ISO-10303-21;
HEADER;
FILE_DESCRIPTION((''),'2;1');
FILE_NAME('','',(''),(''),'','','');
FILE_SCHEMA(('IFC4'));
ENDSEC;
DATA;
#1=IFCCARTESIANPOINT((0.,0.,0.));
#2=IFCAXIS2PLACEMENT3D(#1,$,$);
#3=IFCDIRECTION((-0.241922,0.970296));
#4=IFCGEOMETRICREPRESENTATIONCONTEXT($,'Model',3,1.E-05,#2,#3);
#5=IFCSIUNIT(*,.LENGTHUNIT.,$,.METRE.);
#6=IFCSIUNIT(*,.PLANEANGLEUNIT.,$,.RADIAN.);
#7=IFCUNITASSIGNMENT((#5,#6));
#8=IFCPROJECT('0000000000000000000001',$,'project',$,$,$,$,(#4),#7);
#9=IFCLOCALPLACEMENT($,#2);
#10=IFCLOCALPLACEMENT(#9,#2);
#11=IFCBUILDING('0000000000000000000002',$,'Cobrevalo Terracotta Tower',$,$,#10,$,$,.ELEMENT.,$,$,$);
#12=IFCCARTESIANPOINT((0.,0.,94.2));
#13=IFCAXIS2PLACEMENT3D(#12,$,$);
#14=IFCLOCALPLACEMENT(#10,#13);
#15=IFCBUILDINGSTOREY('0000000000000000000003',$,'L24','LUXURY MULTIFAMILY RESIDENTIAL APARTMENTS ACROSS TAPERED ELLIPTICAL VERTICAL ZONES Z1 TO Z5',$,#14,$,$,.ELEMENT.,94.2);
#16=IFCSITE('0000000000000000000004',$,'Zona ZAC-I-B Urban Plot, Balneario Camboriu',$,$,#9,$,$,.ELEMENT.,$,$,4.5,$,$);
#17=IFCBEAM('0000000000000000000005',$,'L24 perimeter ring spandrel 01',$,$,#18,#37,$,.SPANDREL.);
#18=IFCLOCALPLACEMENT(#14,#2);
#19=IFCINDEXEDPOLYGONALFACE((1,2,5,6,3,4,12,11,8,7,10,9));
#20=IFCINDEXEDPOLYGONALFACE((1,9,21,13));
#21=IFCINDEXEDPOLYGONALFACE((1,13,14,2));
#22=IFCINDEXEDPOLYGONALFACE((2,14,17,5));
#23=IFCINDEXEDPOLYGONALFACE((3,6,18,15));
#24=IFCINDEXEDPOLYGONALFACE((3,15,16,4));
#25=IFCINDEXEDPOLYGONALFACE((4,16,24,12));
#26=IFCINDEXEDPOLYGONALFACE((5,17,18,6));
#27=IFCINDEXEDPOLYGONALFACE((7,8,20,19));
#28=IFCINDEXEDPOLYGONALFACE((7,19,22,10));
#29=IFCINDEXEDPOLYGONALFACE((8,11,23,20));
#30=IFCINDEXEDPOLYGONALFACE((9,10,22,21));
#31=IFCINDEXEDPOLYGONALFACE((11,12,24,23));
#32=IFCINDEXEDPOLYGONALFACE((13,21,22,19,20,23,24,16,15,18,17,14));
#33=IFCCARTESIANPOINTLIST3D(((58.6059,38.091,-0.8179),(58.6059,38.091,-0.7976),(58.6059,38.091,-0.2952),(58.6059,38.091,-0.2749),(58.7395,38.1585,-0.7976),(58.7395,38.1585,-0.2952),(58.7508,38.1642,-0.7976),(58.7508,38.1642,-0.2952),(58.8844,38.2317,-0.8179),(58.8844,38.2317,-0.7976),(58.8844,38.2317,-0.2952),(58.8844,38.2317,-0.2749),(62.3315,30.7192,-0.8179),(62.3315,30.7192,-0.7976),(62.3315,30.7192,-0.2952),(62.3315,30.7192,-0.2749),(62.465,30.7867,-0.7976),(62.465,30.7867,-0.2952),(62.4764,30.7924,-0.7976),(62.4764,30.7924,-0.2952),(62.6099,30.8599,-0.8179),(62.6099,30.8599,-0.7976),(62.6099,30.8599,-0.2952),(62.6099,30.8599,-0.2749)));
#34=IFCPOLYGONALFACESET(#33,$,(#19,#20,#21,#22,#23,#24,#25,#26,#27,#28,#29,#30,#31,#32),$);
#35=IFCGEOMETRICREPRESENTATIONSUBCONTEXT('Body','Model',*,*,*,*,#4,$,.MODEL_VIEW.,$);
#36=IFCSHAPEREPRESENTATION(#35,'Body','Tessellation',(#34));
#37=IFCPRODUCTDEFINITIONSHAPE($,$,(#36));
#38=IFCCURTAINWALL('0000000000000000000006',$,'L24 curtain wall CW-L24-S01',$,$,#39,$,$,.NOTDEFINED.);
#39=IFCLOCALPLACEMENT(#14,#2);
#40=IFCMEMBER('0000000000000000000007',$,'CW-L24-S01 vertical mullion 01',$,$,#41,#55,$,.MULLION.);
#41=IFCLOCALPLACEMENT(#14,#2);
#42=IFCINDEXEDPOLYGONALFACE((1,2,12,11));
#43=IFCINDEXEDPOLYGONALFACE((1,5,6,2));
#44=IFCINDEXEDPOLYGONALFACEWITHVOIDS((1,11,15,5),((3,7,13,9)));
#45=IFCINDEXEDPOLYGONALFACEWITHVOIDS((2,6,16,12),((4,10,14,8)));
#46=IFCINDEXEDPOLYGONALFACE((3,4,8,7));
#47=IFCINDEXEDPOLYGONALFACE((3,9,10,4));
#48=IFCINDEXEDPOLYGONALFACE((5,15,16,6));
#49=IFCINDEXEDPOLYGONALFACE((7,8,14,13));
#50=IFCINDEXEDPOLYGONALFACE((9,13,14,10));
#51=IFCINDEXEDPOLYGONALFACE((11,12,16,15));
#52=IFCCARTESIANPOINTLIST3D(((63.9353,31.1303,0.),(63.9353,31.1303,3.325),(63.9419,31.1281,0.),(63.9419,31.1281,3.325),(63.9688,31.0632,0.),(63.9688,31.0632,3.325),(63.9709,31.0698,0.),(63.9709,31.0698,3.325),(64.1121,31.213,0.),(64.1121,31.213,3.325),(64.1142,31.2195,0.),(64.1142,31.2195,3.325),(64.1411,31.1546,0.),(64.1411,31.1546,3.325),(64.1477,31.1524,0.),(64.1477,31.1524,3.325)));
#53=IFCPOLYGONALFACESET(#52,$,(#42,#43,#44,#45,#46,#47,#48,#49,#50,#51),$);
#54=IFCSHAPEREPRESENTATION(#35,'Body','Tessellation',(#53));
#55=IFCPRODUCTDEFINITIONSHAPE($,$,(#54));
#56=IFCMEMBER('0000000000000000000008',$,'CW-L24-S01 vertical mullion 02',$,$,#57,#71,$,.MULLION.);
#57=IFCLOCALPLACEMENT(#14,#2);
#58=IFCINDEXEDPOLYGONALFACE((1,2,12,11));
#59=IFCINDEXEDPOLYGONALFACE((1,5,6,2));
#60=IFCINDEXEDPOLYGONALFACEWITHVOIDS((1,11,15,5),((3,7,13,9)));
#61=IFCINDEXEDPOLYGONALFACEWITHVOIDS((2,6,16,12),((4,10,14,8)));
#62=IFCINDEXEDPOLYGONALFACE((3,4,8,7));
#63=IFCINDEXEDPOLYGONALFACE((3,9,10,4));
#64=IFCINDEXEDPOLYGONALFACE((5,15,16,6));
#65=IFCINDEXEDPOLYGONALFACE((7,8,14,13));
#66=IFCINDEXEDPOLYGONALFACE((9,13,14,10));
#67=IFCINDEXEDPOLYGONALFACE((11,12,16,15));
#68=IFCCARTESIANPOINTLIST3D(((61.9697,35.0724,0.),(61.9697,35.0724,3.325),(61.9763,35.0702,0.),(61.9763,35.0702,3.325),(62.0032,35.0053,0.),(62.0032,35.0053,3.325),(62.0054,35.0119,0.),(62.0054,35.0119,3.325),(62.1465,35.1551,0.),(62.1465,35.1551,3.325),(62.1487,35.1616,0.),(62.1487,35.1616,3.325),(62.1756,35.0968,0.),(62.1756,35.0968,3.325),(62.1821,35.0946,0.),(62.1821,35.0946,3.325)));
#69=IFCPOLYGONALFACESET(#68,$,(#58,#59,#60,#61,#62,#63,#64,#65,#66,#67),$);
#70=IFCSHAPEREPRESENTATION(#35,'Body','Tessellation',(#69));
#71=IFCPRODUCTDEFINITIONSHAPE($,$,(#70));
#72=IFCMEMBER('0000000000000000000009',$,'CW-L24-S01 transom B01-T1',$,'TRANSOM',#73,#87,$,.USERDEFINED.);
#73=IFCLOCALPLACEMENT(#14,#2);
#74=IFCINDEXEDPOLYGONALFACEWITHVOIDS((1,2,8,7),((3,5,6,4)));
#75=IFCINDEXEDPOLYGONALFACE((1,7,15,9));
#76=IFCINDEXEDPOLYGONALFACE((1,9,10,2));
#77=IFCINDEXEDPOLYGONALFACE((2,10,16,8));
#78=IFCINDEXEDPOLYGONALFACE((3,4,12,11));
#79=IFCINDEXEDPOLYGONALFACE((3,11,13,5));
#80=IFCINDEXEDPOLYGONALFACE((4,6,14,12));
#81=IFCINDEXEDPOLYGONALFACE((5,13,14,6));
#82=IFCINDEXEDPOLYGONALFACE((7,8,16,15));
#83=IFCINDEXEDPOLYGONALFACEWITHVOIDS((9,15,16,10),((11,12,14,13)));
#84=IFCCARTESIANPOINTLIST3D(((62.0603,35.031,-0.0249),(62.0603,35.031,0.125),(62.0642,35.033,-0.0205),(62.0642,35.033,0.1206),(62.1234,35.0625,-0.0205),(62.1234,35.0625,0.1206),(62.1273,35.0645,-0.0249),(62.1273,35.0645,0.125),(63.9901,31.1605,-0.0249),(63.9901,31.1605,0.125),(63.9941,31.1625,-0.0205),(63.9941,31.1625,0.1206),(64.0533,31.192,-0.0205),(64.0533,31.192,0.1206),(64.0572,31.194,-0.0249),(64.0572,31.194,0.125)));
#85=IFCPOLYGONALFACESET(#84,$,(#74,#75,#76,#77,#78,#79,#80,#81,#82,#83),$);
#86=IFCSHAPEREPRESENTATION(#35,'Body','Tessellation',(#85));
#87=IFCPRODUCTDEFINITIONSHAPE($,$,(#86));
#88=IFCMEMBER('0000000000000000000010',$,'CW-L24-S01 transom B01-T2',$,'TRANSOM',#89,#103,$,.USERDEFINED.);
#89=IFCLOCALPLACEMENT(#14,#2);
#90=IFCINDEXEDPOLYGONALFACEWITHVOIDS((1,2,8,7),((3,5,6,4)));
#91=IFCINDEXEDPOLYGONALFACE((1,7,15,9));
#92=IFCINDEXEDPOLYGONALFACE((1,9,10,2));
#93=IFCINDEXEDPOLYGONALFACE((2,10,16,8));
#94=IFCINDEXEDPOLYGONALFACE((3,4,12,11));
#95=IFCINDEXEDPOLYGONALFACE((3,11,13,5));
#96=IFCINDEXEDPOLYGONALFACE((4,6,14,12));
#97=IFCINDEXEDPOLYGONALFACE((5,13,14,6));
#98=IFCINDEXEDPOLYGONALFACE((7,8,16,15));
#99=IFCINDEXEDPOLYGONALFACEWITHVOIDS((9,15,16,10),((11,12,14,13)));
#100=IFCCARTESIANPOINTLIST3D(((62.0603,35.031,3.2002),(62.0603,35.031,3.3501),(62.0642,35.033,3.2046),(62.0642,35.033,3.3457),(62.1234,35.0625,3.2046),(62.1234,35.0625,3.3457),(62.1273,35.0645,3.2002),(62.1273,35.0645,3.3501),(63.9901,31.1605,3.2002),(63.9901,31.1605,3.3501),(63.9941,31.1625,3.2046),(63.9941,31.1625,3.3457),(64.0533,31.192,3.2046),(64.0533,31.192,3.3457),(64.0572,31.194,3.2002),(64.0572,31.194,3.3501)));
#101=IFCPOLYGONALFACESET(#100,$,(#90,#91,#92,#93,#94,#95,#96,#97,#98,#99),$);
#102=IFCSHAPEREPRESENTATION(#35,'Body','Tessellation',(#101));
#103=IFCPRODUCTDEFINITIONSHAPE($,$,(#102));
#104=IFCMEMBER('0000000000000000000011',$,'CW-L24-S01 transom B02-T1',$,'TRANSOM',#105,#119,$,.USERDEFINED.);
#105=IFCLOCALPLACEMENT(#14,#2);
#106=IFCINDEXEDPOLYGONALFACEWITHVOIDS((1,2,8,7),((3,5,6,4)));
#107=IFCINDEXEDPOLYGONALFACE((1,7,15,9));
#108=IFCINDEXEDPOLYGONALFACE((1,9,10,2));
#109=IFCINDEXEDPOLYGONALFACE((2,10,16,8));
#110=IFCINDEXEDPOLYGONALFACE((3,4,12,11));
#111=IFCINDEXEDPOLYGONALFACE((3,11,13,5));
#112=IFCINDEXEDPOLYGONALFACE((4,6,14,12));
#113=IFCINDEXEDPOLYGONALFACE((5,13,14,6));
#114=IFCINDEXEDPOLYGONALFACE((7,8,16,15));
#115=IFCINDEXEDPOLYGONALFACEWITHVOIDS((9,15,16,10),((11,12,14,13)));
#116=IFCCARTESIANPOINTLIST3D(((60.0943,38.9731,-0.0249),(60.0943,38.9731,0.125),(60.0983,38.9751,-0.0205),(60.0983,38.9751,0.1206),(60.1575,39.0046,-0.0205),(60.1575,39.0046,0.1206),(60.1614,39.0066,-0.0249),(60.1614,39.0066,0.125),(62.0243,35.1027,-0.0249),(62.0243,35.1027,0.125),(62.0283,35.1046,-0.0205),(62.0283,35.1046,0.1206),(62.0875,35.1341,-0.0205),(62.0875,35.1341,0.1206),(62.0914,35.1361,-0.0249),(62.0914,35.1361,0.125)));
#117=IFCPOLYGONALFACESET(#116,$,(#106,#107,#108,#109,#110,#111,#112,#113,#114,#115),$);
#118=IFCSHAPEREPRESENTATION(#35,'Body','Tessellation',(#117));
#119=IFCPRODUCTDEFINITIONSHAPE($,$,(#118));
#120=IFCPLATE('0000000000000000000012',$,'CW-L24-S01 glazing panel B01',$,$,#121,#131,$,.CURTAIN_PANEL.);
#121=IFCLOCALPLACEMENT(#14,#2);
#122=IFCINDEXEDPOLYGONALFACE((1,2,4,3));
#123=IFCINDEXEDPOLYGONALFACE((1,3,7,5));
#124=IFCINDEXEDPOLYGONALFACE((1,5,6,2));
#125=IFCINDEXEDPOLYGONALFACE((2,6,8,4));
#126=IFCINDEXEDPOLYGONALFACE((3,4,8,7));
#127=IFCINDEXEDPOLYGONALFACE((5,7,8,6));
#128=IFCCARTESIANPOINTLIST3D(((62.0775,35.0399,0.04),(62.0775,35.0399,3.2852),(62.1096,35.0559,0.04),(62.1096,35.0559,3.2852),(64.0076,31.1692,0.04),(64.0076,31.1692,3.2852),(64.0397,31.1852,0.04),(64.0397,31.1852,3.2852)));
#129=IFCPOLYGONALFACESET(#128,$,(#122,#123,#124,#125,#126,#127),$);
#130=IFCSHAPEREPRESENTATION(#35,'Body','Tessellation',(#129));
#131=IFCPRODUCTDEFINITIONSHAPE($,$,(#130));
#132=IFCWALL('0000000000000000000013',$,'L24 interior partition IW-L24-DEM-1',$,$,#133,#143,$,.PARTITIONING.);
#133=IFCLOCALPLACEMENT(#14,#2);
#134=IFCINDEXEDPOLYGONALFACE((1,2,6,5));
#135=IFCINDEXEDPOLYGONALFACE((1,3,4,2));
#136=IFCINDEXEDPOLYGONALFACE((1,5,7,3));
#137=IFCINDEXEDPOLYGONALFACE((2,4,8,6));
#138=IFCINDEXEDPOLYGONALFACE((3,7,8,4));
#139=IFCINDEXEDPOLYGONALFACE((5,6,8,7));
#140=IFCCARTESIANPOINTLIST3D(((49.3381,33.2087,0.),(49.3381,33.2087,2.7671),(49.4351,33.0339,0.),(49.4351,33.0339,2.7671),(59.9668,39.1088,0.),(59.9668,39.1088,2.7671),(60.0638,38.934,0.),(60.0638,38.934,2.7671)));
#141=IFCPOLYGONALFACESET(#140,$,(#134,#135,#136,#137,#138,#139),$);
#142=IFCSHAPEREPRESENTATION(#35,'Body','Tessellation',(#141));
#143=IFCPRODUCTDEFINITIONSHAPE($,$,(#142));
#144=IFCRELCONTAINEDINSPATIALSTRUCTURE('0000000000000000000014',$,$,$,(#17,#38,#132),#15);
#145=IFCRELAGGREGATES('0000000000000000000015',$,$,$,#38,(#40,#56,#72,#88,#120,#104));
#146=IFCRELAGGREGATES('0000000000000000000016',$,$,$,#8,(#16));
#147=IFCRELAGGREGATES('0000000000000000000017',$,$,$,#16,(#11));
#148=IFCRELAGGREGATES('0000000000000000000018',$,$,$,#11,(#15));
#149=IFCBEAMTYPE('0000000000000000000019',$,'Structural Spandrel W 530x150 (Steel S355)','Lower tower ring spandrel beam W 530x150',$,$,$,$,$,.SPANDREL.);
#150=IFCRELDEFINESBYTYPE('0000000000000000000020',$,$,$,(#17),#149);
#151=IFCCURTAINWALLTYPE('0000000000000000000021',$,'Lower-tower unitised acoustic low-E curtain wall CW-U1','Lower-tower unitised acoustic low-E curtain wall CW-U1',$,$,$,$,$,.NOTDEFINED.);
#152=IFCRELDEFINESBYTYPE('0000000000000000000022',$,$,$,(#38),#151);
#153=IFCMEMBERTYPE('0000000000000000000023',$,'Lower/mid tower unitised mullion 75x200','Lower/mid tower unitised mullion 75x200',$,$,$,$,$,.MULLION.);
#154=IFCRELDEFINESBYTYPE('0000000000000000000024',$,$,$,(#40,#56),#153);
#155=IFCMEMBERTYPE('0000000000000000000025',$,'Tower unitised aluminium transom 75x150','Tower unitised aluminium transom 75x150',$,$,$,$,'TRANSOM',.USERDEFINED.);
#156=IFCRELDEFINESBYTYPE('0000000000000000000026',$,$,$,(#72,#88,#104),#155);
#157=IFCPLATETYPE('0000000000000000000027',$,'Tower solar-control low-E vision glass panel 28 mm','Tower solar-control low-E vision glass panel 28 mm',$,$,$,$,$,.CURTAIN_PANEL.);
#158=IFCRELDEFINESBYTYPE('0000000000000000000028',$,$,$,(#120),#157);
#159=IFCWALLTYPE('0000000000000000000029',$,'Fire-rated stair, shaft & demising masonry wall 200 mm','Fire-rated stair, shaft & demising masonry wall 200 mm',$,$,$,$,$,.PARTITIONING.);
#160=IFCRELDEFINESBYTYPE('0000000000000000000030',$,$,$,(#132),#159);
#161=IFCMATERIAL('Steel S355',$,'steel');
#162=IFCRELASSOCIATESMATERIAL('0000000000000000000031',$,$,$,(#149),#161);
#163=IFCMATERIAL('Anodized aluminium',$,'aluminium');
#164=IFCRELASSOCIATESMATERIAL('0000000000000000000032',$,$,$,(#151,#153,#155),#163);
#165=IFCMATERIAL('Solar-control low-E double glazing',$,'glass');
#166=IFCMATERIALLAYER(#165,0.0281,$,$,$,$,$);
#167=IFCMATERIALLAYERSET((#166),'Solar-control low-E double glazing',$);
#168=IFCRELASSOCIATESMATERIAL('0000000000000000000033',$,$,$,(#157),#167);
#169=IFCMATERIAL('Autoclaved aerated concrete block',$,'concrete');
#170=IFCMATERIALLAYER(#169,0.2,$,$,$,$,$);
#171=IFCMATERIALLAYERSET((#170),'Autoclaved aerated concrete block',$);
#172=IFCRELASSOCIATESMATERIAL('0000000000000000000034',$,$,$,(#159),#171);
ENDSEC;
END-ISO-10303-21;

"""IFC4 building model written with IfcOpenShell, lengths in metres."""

from ifc_helpers import new_model, si_unit, direction, frame, frame_2d, origin, origin_2d, place, context, subcontext, project, spatial, rectangle, hollow_rectangle, i_section, extrude, source, transform, mapped, material, layer, layer_set, material_profile, profile_set, type_object, element, aggregate, save


model = new_model("IFC4")

# Units and contexts
model_context = context("Model", 3, precision=1e-05, world=origin(), true_north=direction((-0.241922, 0.970296)))
body_context = subcontext(model_context, "Body", "Model", "MODEL_VIEW")
ifc_project = project(units=[si_unit("LENGTHUNIT", "METRE"), si_unit("PLANEANGLEUNIT", "RADIAN")], contexts=[model_context])

# Site, building, storey
site_placement = place(None, origin())
site = spatial("IfcSite", under=ifc_project, at=site_placement, Name="Zona ZAC-I-B Urban Plot, Balneario Camboriu", CompositionType="ELEMENT", RefElevation=4.5)
building_placement = place(site_placement, origin())
building = spatial("IfcBuilding", under=site, at=building_placement, Name="Cobrevalo Terracotta Tower", CompositionType="ELEMENT")
storey_placement = place(building_placement, frame((0.0, 0.0, 94.2)))
storey = spatial("IfcBuildingStorey", under=building, at=storey_placement, Name="L24", Description="LUXURY MULTIFAMILY RESIDENTIAL APARTMENTS ACROSS TAPERED ELLIPTICAL VERTICAL ZONES Z1 TO Z5", CompositionType="ELEMENT", Elevation=94.2)

# Shared definitions
ifc_material_1 = material(Name="Steel S355", Category="steel")

# Beam
ifc_material_profile_1 = material_profile(ifc_material_1, i_section(OverallWidth=0.312, OverallDepth=0.543, WebThickness=0.0127, FlangeThickness=0.0203, at=origin_2d()), Name="W 530x150")
ifc_profile_set_1 = profile_set([ifc_material_profile_1], Name="Steel S355")
beam_type_1 = type_object("IfcBeamType", Name="Structural Spandrel W 530x150 (Steel S355)", Description="Lower tower ring spandrel beam W 530x150", PredefinedType="SPANDREL", material=ifc_profile_set_1)
beam_1_placement = place(storey_placement, frame((62.4707, 30.7896, -0.5464), z_axis=(-0.451052, 0.892498, 0.0), x_axis=(-0.892498, -0.451052, 0.0)))
element("IfcBeam", 1, at=beam_1_placement, inside=storey, type_object=beam_type_1, Name="L24 perimeter ring spandrel 01", PredefinedType="SPANDREL", context=body_context, shape_type="SweptSolid", body=[
    extrude(i_section(OverallWidth=0.312, OverallDepth=0.543, WebThickness=0.0127, FlangeThickness=0.0203, at=origin_2d()), origin(), (0.0, 0.0, 1.0), 8.2598),
])

# Curtain wall, members, plate
ifc_material_2 = material(Name="Anodized aluminium", Category="aluminium")
curtain_wall_type = type_object("IfcCurtainWallType", Name="Lower-tower unitised acoustic low-E curtain wall CW-U1", Description="Lower-tower unitised acoustic low-E curtain wall CW-U1", PredefinedType="NOTDEFINED", material=ifc_material_2)
curtain_wall_placement = place(storey_placement, origin())
curtain_wall = element("IfcCurtainWall", 2, at=curtain_wall_placement, inside=storey, type_object=curtain_wall_type, Name="L24 curtain wall CW-L24-S01", PredefinedType="NOTDEFINED")
ifc_material_profile_2 = material_profile(ifc_material_2, hollow_rectangle(XDim=0.075, YDim=0.2, WallThickness=0.0049, at=origin_2d()), Name="CWM 75x200")
ifc_profile_set_2 = profile_set([ifc_material_profile_2], Name="Anodized aluminium")
member_type_1 = type_object("IfcMemberType", Name="Lower/mid tower unitised mullion 75x200", Description="Lower/mid tower unitised mullion 75x200", PredefinedType="MULLION", material=ifc_profile_set_2)
shared_shape_1 = source(origin(), body_context, "Body", "SweptSolid", [
    extrude(hollow_rectangle(XDim=0.075, YDim=0.2, WallThickness=0.0049, at=origin_2d()), origin(), (0.0, 0.0, 1.0), 3.325),
])
member_1_placement = place(storey_placement, frame((64.0415, 31.1414, 0.0), z_axis=(0.0, 0.0, 1.0), x_axis=(-0.44626, 0.894903, 0.0)))
member_1 = element("IfcMember", 3, at=member_1_placement, type_object=member_type_1, Name="CW-L24-S01 vertical mullion 01", PredefinedType="MULLION", context=body_context, shape_type="MappedRepresentation", body=[
    mapped(shared_shape_1, transform((0.0, 0.0, 0.0), scale=1.0)),
])
member_2_placement = place(storey_placement, frame((62.0759, 35.0835, 0.0), z_axis=(0.0, 0.0, 1.0), x_axis=(-0.44626, 0.894903, 0.0)))
member_2 = element("IfcMember", 4, at=member_2_placement, type_object=member_type_1, Name="CW-L24-S01 vertical mullion 02", PredefinedType="MULLION", context=body_context, shape_type="MappedRepresentation", body=[
    mapped(shared_shape_1, transform((0.0, 0.0, 0.0), scale=1.0)),
])
ifc_material_profile_3 = material_profile(ifc_material_2, hollow_rectangle(XDim=0.075, YDim=0.1499, WallThickness=0.0044, at=origin_2d()), Name="CWT 75x150")
ifc_profile_set_3 = profile_set([ifc_material_profile_3], Name="Anodized aluminium")
member_type_2 = type_object("IfcMemberType", Name="Tower unitised aluminium transom 75x150", Description="Tower unitised aluminium transom 75x150", ElementType="TRANSOM", PredefinedType="USERDEFINED", material=ifc_profile_set_3)
shared_shape_2 = source(origin(), body_context, "Body", "SweptSolid", [
    extrude(hollow_rectangle(XDim=0.075, YDim=0.1499, WallThickness=0.0044, at=origin_2d()), origin(), (0.0, 0.0, 1.0), 4.325),
])
member_3_placement = place(storey_placement, frame((64.0237, 31.1772, 0.05), z_axis=(-0.44622, 0.894923, 0.0), x_axis=(-0.894923, -0.44622, 0.0)))
member_3 = element("IfcMember", 5, at=member_3_placement, type_object=member_type_2, Name="CW-L24-S01 transom B01-T1", ObjectType="TRANSOM", PredefinedType="USERDEFINED", context=body_context, shape_type="MappedRepresentation", body=[
    mapped(shared_shape_2, transform((0.0, 0.0, 0.0), scale=1.0)),
])
member_4_placement = place(storey_placement, frame((64.0237, 31.1772, 3.2751), z_axis=(-0.44622, 0.894923, 0.0), x_axis=(-0.894923, -0.44622, 0.0)))
member_4 = element("IfcMember", 6, at=member_4_placement, type_object=member_type_2, Name="CW-L24-S01 transom B01-T2", ObjectType="TRANSOM", PredefinedType="USERDEFINED", context=body_context, shape_type="MappedRepresentation", body=[
    mapped(shared_shape_2, transform((0.0, 0.0, 0.0), scale=1.0)),
])
member_5_placement = place(storey_placement, frame((62.0579, 35.1194, 0.05), z_axis=(-0.446242, 0.894912, 0.0), x_axis=(-0.894912, -0.446242, 0.0)))
member_5 = element("IfcMember", 7, at=member_5_placement, type_object=member_type_2, Name="CW-L24-S01 transom B02-T1", ObjectType="TRANSOM", PredefinedType="USERDEFINED", context=body_context, shape_type="MappedRepresentation", body=[
    mapped(shared_shape_2, transform((0.0, 0.0, 0.0), scale=1.0)),
])
ifc_material_3 = material(Name="Solar-control low-E double glazing", Category="glass")
ifc_layer_1 = layer(ifc_material_3, 0.0281)
ifc_layer_set_1 = layer_set([ifc_layer_1], Name="Solar-control low-E double glazing")
plate_type = type_object("IfcPlateType", Name="Tower solar-control low-E vision glass panel 28 mm", Description="Tower solar-control low-E vision glass panel 28 mm", PredefinedType="CURTAIN_PANEL", material=ifc_layer_set_1)
shared_shape_3 = source(origin(), body_context, "Body", "SweptSolid", [
    extrude(rectangle(XDim=4.3252, YDim=0.0359, at=origin_2d()), origin(), (0.0, 0.0, 1.0), 3.2451),
])
plate_placement = place(storey_placement, frame((63.0586, 33.1125, 0.04), z_axis=(0.0, 0.0, 1.0), x_axis=(-0.446262, 0.894902, 0.0)))
plate = element("IfcPlate", 8, at=plate_placement, type_object=plate_type, Name="CW-L24-S01 glazing panel B01", PredefinedType="CURTAIN_PANEL", context=body_context, shape_type="MappedRepresentation", body=[
    mapped(shared_shape_3, transform((0.0, 0.0, 0.0), scale=1.0)),
])
aggregate(curtain_wall, [member_1, member_2, member_3, member_4, plate, member_5])

# Wall
ifc_material_4 = material(Name="Autoclaved aerated concrete block", Category="concrete")
ifc_layer_2 = layer(ifc_material_4, 0.2)
ifc_layer_set_2 = layer_set([ifc_layer_2], Name="Autoclaved aerated concrete block")
wall_type_1 = type_object("IfcWallType", Name="Fire-rated stair, shaft & demising masonry wall 200 mm", Description="Fire-rated stair, shaft & demising masonry wall 200 mm", PredefinedType="PARTITIONING", material=ifc_layer_set_2)
wall_1_placement = place(storey_placement, frame((49.3867, 33.1213, 0.0), z_axis=(0.0, 0.0, 1.0), x_axis=(0.87432, 0.48535, 0.0)))
element("IfcWall", 9, at=wall_1_placement, inside=storey, type_object=wall_type_1, Name="L24 interior partition IW-L24-DEM-1", PredefinedType="PARTITIONING", context=body_context, shape_type="SweptSolid", body=[
    extrude(rectangle(XDim=12.1565, YDim=0.2, at=frame_2d((6.0781, 0.0))), origin(), (0.0, 0.0, 1.0), 2.7671),
])

save(model, "model.ifc")
